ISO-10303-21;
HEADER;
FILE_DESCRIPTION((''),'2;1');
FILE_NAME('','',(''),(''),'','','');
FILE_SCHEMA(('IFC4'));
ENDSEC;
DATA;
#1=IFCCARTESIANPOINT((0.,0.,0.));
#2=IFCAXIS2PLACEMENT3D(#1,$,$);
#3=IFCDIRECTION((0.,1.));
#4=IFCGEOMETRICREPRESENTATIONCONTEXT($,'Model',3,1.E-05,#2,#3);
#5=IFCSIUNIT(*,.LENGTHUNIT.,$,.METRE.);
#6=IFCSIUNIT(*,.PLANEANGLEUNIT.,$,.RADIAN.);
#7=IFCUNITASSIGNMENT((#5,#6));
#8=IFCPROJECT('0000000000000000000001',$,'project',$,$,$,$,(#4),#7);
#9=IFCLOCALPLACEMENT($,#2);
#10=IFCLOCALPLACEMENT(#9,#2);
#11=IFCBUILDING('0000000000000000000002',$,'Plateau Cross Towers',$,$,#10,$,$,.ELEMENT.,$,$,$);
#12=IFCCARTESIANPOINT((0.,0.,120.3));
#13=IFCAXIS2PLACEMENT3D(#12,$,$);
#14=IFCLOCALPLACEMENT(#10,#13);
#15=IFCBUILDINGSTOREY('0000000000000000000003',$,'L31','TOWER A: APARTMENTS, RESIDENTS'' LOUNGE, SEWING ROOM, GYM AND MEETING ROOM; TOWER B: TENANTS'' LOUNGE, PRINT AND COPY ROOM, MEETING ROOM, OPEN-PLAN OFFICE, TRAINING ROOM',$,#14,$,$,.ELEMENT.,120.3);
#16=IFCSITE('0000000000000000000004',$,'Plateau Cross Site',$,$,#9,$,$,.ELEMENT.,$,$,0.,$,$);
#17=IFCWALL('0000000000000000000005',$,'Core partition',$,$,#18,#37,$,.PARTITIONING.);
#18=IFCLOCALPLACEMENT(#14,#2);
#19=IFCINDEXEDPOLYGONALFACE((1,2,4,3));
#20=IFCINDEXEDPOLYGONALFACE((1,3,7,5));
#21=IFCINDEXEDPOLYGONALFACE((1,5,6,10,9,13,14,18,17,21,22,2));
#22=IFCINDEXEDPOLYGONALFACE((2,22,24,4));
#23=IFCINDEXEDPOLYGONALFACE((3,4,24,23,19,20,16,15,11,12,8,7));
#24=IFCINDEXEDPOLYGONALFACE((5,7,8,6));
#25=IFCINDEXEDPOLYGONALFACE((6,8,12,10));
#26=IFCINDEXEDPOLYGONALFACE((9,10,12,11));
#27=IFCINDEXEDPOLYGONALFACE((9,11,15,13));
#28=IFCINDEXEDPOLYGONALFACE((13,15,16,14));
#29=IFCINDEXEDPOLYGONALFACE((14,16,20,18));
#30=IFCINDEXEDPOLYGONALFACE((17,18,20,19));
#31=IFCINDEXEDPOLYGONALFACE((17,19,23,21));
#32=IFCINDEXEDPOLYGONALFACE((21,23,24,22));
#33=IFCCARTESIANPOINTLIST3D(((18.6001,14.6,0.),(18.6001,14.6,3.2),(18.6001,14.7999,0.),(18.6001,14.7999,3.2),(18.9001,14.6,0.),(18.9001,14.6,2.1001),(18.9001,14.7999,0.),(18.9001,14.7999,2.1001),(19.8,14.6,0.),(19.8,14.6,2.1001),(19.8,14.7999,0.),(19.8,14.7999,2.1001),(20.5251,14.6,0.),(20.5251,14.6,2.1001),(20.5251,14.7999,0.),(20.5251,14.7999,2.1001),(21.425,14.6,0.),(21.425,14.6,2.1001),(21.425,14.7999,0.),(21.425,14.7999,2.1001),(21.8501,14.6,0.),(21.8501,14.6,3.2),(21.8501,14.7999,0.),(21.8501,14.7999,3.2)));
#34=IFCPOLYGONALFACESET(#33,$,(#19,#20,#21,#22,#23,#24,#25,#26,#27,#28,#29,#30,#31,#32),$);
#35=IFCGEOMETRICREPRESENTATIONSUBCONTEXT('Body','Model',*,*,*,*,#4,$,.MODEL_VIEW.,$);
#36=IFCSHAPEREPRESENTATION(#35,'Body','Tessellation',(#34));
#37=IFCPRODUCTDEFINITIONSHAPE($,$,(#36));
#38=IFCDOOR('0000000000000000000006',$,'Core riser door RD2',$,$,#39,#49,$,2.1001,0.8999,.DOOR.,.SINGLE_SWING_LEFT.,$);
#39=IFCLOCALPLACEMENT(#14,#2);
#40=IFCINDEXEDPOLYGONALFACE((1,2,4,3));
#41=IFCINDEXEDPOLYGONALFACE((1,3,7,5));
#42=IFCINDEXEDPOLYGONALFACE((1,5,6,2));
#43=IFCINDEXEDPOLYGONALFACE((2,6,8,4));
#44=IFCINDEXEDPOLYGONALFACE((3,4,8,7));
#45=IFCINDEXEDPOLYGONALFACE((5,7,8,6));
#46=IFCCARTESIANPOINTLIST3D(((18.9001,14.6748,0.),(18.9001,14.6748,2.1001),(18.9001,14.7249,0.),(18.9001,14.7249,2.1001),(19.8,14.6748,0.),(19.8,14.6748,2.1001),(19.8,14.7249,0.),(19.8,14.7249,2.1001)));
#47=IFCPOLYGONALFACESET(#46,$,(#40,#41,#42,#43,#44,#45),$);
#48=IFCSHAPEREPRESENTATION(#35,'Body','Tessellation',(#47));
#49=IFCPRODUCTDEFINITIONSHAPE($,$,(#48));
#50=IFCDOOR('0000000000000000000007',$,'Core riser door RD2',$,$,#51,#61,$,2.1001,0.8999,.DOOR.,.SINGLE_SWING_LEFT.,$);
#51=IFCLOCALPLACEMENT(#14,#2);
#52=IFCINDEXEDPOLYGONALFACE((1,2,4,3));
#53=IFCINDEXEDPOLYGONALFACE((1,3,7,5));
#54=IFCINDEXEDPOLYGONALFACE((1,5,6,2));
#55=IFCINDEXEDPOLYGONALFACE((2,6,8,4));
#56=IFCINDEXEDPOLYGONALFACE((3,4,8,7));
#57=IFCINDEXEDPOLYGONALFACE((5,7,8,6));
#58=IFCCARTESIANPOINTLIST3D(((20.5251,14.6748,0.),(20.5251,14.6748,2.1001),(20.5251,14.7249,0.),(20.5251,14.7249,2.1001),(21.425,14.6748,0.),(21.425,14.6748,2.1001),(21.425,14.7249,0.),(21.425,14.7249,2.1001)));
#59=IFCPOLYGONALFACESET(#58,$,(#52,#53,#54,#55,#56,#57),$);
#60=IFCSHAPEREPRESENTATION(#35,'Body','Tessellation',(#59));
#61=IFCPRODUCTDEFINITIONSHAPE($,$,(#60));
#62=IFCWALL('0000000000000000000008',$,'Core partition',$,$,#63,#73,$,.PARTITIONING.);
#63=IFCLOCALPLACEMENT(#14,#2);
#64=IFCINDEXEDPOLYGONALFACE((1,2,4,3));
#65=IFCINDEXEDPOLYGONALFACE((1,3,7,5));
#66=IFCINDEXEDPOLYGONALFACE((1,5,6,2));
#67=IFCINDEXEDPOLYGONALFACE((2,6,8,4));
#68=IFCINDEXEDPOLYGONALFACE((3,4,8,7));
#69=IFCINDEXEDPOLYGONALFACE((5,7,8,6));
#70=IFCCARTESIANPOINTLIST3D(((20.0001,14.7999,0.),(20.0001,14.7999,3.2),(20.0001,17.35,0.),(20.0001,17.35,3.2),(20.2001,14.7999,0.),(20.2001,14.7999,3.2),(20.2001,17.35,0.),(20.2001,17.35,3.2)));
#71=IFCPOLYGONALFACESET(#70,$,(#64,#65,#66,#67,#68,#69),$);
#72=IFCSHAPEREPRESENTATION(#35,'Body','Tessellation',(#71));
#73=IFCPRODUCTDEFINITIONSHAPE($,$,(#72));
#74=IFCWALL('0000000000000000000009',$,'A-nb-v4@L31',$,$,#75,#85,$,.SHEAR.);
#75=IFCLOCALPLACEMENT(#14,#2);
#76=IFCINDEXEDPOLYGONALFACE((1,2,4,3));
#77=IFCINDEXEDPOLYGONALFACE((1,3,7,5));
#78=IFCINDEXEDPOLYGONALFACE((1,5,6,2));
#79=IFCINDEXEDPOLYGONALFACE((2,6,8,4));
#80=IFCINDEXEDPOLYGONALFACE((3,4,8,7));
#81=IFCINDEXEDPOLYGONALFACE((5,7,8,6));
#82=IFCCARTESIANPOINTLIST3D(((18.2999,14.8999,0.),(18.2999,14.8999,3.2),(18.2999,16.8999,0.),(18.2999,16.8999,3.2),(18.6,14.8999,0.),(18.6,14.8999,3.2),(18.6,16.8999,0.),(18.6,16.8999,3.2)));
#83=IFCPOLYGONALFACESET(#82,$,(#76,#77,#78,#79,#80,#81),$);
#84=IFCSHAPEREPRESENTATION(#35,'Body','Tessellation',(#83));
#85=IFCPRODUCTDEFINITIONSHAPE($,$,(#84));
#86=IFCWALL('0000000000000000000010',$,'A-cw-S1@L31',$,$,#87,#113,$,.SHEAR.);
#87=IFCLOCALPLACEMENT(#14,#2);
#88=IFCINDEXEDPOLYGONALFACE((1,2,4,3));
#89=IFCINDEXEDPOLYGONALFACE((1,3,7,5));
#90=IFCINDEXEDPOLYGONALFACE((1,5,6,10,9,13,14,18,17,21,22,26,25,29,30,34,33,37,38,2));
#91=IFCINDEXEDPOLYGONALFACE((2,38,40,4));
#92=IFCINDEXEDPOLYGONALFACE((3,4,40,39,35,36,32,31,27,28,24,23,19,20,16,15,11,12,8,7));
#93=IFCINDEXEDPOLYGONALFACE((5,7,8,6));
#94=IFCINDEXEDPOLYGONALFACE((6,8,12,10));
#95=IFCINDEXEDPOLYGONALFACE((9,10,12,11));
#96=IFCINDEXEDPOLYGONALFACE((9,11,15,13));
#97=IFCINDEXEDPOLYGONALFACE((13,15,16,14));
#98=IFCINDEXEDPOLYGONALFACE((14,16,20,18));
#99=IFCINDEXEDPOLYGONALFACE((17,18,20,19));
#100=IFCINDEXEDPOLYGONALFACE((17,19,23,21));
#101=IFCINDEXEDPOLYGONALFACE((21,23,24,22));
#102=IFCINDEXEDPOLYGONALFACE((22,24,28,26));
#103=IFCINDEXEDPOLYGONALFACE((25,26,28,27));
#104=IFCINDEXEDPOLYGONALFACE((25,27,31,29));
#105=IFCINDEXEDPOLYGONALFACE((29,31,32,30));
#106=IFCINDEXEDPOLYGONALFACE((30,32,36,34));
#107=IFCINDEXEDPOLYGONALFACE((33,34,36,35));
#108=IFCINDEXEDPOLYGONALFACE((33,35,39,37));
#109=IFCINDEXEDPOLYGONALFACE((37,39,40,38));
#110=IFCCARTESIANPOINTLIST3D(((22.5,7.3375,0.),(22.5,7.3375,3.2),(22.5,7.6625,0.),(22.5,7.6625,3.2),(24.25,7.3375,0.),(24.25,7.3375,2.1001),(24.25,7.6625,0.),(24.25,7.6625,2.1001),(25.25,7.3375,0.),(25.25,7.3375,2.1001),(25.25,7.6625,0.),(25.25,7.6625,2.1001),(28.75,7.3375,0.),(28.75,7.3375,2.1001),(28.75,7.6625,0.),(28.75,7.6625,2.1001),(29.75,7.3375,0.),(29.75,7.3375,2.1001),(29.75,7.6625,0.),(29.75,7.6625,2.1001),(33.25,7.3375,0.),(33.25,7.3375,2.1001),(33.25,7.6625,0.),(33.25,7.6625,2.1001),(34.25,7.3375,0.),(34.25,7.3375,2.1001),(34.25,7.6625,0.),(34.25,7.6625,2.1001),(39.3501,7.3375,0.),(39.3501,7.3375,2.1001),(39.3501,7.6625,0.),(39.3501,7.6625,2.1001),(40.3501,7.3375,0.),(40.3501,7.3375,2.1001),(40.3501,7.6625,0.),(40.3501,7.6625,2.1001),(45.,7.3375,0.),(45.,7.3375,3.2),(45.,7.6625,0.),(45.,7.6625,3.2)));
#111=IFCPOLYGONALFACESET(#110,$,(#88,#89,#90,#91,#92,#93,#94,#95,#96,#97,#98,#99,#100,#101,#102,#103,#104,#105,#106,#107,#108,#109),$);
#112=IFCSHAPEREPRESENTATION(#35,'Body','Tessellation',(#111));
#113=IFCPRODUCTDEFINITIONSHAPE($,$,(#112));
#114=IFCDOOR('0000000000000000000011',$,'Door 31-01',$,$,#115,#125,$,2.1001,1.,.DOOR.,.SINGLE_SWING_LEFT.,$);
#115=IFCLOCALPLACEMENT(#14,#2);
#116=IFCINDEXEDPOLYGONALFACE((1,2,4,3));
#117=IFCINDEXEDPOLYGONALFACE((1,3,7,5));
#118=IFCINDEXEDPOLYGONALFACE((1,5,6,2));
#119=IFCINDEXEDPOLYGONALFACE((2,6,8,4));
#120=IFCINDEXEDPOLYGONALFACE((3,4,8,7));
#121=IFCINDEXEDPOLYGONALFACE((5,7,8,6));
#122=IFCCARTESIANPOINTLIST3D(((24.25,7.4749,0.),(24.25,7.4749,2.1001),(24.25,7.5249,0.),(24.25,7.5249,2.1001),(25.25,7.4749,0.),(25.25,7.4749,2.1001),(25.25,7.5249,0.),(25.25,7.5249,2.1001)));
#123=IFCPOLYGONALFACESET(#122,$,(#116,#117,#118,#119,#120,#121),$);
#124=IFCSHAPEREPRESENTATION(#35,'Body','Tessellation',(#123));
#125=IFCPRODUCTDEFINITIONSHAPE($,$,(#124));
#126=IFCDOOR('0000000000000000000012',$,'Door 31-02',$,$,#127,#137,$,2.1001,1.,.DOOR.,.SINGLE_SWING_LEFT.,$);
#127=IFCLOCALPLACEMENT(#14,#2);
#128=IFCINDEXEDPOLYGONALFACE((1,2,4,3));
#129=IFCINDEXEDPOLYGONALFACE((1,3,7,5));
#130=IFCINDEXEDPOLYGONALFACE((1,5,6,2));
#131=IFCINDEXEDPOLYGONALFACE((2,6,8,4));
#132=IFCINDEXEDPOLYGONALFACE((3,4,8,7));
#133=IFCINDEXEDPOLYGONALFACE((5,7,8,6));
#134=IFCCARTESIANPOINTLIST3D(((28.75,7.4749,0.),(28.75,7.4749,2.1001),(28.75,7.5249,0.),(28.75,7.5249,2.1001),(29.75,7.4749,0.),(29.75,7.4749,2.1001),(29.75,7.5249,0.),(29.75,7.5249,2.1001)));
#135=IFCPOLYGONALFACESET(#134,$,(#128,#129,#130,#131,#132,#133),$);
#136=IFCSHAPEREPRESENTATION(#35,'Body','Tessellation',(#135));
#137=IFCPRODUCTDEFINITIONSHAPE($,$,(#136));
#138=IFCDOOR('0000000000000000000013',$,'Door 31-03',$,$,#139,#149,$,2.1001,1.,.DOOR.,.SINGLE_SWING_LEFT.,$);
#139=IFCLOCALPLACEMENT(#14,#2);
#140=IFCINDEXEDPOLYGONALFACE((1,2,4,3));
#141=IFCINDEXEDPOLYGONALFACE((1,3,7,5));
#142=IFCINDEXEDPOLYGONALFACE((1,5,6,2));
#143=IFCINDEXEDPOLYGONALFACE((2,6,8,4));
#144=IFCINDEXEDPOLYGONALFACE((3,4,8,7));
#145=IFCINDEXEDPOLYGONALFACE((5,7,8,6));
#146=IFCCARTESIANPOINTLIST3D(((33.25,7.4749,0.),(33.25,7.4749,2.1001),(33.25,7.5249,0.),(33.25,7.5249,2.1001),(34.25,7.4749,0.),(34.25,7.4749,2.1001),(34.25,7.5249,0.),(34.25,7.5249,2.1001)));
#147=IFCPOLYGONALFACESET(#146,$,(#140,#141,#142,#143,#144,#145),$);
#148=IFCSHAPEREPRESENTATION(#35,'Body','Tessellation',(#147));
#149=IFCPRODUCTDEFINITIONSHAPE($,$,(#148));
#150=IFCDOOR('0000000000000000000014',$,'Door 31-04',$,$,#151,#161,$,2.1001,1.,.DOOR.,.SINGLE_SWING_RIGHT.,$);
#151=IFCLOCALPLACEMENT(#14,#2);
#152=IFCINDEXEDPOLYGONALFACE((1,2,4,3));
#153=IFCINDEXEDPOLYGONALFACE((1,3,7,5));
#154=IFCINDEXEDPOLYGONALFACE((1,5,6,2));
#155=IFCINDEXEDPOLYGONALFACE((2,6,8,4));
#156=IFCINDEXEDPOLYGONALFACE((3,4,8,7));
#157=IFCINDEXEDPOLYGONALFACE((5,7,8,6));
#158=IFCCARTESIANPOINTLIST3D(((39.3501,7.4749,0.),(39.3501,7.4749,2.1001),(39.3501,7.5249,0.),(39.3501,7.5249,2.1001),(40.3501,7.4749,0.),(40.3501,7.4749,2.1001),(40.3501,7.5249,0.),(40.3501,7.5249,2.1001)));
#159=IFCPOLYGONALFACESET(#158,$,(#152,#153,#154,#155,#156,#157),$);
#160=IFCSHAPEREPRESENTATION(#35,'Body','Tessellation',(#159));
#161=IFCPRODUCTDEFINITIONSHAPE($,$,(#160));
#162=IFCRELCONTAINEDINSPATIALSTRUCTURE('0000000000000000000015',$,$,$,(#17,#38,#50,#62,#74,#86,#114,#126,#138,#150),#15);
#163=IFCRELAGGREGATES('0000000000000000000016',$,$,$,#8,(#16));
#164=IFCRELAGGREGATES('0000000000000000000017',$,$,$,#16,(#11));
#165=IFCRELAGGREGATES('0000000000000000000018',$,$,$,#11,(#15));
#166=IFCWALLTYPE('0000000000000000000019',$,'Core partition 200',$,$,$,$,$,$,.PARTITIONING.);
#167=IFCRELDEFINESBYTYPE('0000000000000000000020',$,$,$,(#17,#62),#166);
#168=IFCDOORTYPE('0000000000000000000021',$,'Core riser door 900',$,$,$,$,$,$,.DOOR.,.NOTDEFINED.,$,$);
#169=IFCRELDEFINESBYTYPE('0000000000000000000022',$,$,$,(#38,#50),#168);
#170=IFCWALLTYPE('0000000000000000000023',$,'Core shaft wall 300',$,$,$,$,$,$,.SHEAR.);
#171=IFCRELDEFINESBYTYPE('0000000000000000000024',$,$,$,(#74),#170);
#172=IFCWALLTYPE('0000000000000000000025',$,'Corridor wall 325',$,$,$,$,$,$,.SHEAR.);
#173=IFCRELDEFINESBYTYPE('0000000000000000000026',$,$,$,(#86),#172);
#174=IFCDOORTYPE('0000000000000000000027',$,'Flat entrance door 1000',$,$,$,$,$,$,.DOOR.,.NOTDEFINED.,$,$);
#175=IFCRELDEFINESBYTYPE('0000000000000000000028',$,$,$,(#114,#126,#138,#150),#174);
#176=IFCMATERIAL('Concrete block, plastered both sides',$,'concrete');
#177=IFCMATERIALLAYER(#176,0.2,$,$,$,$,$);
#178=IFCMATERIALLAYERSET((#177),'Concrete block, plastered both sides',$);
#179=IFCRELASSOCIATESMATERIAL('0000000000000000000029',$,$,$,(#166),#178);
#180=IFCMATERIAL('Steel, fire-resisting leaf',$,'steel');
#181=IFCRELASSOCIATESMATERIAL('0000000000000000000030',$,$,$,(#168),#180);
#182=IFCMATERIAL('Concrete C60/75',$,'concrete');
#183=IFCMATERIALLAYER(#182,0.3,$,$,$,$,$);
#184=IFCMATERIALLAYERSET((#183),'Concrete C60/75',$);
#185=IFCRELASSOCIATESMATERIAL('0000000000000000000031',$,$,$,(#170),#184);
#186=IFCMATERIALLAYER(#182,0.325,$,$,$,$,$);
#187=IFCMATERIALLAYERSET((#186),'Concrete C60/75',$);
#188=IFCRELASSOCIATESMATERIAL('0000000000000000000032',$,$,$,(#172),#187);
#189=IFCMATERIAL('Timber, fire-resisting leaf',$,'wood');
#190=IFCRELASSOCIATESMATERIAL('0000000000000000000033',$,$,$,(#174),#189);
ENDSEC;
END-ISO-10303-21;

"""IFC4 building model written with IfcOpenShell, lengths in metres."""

from ifc_helpers import new_model, si_unit, direction, frame, frame_2d, origin, place, context, subcontext, project, spatial, rectangle, extrude, material, layer, layer_set, type_object, element, fill, save


model = new_model("IFC4")

# Units and contexts
model_context = context("Model", 3, precision=1e-05, world=origin(), true_north=direction((0.0, 1.0)))
body_context = subcontext(model_context, "Body", "Model", "MODEL_VIEW")
ifc_project = project(units=[si_unit("LENGTHUNIT", "METRE"), si_unit("PLANEANGLEUNIT", "RADIAN")], contexts=[model_context])

# Site, building, storey
site_placement = place(None, origin())
site = spatial("IfcSite", under=ifc_project, at=site_placement, Name="Plateau Cross Site", CompositionType="ELEMENT", RefElevation=0.0)
building_placement = place(site_placement, origin())
building = spatial("IfcBuilding", under=site, at=building_placement, Name="Plateau Cross Towers", CompositionType="ELEMENT")
storey_placement = place(building_placement, frame((0.0, 0.0, 120.3)))
storey = spatial("IfcBuildingStorey", under=building, at=storey_placement, Name="L31", Description="TOWER A: APARTMENTS, RESIDENTS' LOUNGE, SEWING ROOM, GYM AND MEETING ROOM; TOWER B: TENANTS' LOUNGE, PRINT AND COPY ROOM, MEETING ROOM, OPEN-PLAN OFFICE, TRAINING ROOM", CompositionType="ELEMENT", Elevation=120.3)

# Shared definitions
ifc_material_1 = material(Name="Concrete C60/75", Category="concrete")

# Wall, openings, doors
ifc_material_2 = material(Name="Concrete block, plastered both sides", Category="concrete")
ifc_layer_1 = layer(ifc_material_2, 0.2)
ifc_layer_set_1 = layer_set([ifc_layer_1], Name="Concrete block, plastered both sides")
wall_type_1 = type_object("IfcWallType", Name="Core partition 200", PredefinedType="PARTITIONING", material=ifc_layer_set_1)
wall_1_placement = place(storey_placement, frame((18.6001, 14.7, 0.0), z_axis=(0.0, 0.0, 1.0), x_axis=(1.0, 0.0, 0.0)))
wall_1 = element("IfcWall", 1, at=wall_1_placement, inside=storey, type_object=wall_type_1, Name="Core partition", PredefinedType="PARTITIONING", context=body_context, shape_type="SweptSolid", body=[
    extrude(rectangle(XDim=3.25, YDim=0.2, at=frame_2d((1.625, 0.0))), origin(), (0.0, 0.0, 1.0), 3.2),
])
opening_1_placement = place(wall_1_placement, frame((0.3, 0.0, 0.0)))
opening_1 = element("IfcOpeningElement", 2, at=opening_1_placement, cuts=wall_1, PredefinedType="OPENING", context=body_context, shape_type="SweptSolid", body=[
    extrude(rectangle(XDim=0.8999, YDim=2.1001, at=frame_2d((0.45, 1.05))), frame((0.0, 0.1099, 0.0), z_axis=(0.0, -1.0, 0.0), x_axis=(1.0, 0.0, 0.0)), (0.0, 0.0, 1.0), 0.22),
])
opening_2_placement = place(wall_1_placement, frame((1.925, 0.0, 0.0)))
opening_2 = element("IfcOpeningElement", 3, at=opening_2_placement, cuts=wall_1, PredefinedType="OPENING", context=body_context, shape_type="SweptSolid", body=[
    extrude(rectangle(XDim=0.8999, YDim=2.1001, at=frame_2d((0.45, 1.05))), frame((0.0, 0.1099, 0.0), z_axis=(0.0, -1.0, 0.0), x_axis=(1.0, 0.0, 0.0)), (0.0, 0.0, 1.0), 0.22),
])
ifc_material_3 = material(Name="Steel, fire-resisting leaf", Category="steel")
door_type_1 = type_object("IfcDoorType", Name="Core riser door 900", OperationType="NOTDEFINED", PredefinedType="DOOR", material=ifc_material_3)
door_1_placement = place(opening_1_placement, origin())
door_1 = element("IfcDoor", 4, at=door_1_placement, inside=storey, type_object=door_type_1, Name="Core riser door RD2", OperationType="SINGLE_SWING_LEFT", OverallHeight=2.1001, OverallWidth=0.8999, PredefinedType="DOOR", context=body_context, shape_type="SweptSolid", body=[
    extrude(rectangle(XDim=0.8999, YDim=2.1001, at=frame_2d((0.45, 1.05))), frame((0.0, 0.0249, 0.0), z_axis=(0.0, -1.0, 0.0), x_axis=(1.0, 0.0, 0.0)), (0.0, 0.0, 1.0), 0.05),
])
fill(opening_1, door_1)
door_2_placement = place(opening_2_placement, origin())
door_2 = element("IfcDoor", 5, at=door_2_placement, inside=storey, type_object=door_type_1, Name="Core riser door RD2", OperationType="SINGLE_SWING_LEFT", OverallHeight=2.1001, OverallWidth=0.8999, PredefinedType="DOOR", context=body_context, shape_type="SweptSolid", body=[
    extrude(rectangle(XDim=0.8999, YDim=2.1001, at=frame_2d((0.45, 1.05))), frame((0.0, 0.0249, 0.0), z_axis=(0.0, -1.0, 0.0), x_axis=(1.0, 0.0, 0.0)), (0.0, 0.0, 1.0), 0.05),
])
fill(opening_2, door_2)

# Walls
wall_2_placement = place(storey_placement, frame((20.1001, 14.8, 0.0), z_axis=(0.0, 0.0, 1.0), x_axis=(0.0, 1.0, 0.0)))
element("IfcWall", 6, at=wall_2_placement, inside=storey, type_object=wall_type_1, Name="Core partition", PredefinedType="PARTITIONING", context=body_context, shape_type="SweptSolid", body=[
    extrude(rectangle(XDim=2.55, YDim=0.2, at=frame_2d((1.2749, 0.0))), origin(), (0.0, 0.0, 1.0), 3.2),
])
ifc_layer_2 = layer(ifc_material_1, 0.3)
ifc_layer_set_2 = layer_set([ifc_layer_2], Name="Concrete C60/75")
wall_type_2 = type_object("IfcWallType", Name="Core shaft wall 300", PredefinedType="SHEAR", material=ifc_layer_set_2)
wall_3_placement = place(storey_placement, frame((18.45, 14.8999, 0.0), z_axis=(0.0, 0.0, 1.0), x_axis=(0.0, 1.0, 0.0)))
element("IfcWall", 7, at=wall_3_placement, inside=storey, type_object=wall_type_2, Name="A-nb-v4@L31", PredefinedType="SHEAR", context=body_context, shape_type="SweptSolid", body=[
    extrude(rectangle(XDim=2.0, YDim=0.3, at=frame_2d((1.0, 0.0))), origin(), (0.0, 0.0, 1.0), 3.2),
])

# Wall, openings, doors
ifc_layer_3 = layer(ifc_material_1, 0.325)
ifc_layer_set_3 = layer_set([ifc_layer_3], Name="Concrete C60/75")
wall_type_3 = type_object("IfcWallType", Name="Corridor wall 325", PredefinedType="SHEAR", material=ifc_layer_set_3)
wall_4_placement = place(storey_placement, frame((22.5, 7.5, 0.0), z_axis=(0.0, 0.0, 1.0), x_axis=(1.0, 0.0, 0.0)))
wall_4 = element("IfcWall", 8, at=wall_4_placement, inside=storey, type_object=wall_type_3, Name="A-cw-S1@L31", PredefinedType="SHEAR", context=body_context, shape_type="SweptSolid", body=[
    extrude(rectangle(XDim=22.5, YDim=0.325, at=frame_2d((11.25, 0.0))), origin(), (0.0, 0.0, 1.0), 3.2),
])
opening_3_placement = place(wall_4_placement, frame((1.75, 0.0, 0.0)))
opening_3 = element("IfcOpeningElement", 9, at=opening_3_placement, cuts=wall_4, PredefinedType="OPENING", context=body_context, shape_type="SweptSolid", body=[
    extrude(rectangle(XDim=1.0, YDim=2.1001, at=frame_2d((0.5, 1.05))), frame((0.0, 0.1724, 0.0), z_axis=(0.0, -1.0, 0.0), x_axis=(1.0, 0.0, 0.0)), (0.0, 0.0, 1.0), 0.345),
])
opening_4_placement = place(wall_4_placement, frame((6.25, 0.0, 0.0)))
opening_4 = element("IfcOpeningElement", 10, at=opening_4_placement, cuts=wall_4, PredefinedType="OPENING", context=body_context, shape_type="SweptSolid", body=[
    extrude(rectangle(XDim=1.0, YDim=2.1001, at=frame_2d((0.5, 1.05))), frame((0.0, 0.1724, 0.0), z_axis=(0.0, -1.0, 0.0), x_axis=(1.0, 0.0, 0.0)), (0.0, 0.0, 1.0), 0.345),
])
opening_5_placement = place(wall_4_placement, frame((10.75, 0.0, 0.0)))
opening_5 = element("IfcOpeningElement", 11, at=opening_5_placement, cuts=wall_4, PredefinedType="OPENING", context=body_context, shape_type="SweptSolid", body=[
    extrude(rectangle(XDim=1.0, YDim=2.1001, at=frame_2d((0.5, 1.05))), frame((0.0, 0.1724, 0.0), z_axis=(0.0, -1.0, 0.0), x_axis=(1.0, 0.0, 0.0)), (0.0, 0.0, 1.0), 0.345),
])
opening_6_placement = place(wall_4_placement, frame((16.8501, 0.0, 0.0)))
opening_6 = element("IfcOpeningElement", 12, at=opening_6_placement, cuts=wall_4, PredefinedType="OPENING", context=body_context, shape_type="SweptSolid", body=[
    extrude(rectangle(XDim=1.0, YDim=2.1001, at=frame_2d((0.5, 1.05))), frame((0.0, 0.1724, 0.0), z_axis=(0.0, -1.0, 0.0), x_axis=(1.0, 0.0, 0.0)), (0.0, 0.0, 1.0), 0.345),
])
ifc_material_4 = material(Name="Timber, fire-resisting leaf", Category="wood")
door_type_2 = type_object("IfcDoorType", Name="Flat entrance door 1000", OperationType="NOTDEFINED", PredefinedType="DOOR", material=ifc_material_4)
door_3_placement = place(opening_3_placement, origin())
door_3 = element("IfcDoor", 13, at=door_3_placement, inside=storey, type_object=door_type_2, Name="Door 31-01", OperationType="SINGLE_SWING_LEFT", OverallHeight=2.1001, OverallWidth=1.0, PredefinedType="DOOR", context=body_context, shape_type="SweptSolid", body=[
    extrude(rectangle(XDim=1.0, YDim=2.1001, at=frame_2d((0.5, 1.05))), frame((0.0, 0.0249, 0.0), z_axis=(0.0, -1.0, 0.0), x_axis=(1.0, 0.0, 0.0)), (0.0, 0.0, 1.0), 0.05),
])
fill(opening_3, door_3)
door_4_placement = place(opening_4_placement, origin())
door_4 = element("IfcDoor", 14, at=door_4_placement, inside=storey, type_object=door_type_2, Name="Door 31-02", OperationType="SINGLE_SWING_LEFT", OverallHeight=2.1001, OverallWidth=1.0, PredefinedType="DOOR", context=body_context, shape_type="SweptSolid", body=[
    extrude(rectangle(XDim=1.0, YDim=2.1001, at=frame_2d((0.5, 1.05))), frame((0.0, 0.0249, 0.0), z_axis=(0.0, -1.0, 0.0), x_axis=(1.0, 0.0, 0.0)), (0.0, 0.0, 1.0), 0.05),
])
fill(opening_4, door_4)
door_5_placement = place(opening_5_placement, origin())
door_5 = element("IfcDoor", 15, at=door_5_placement, inside=storey, type_object=door_type_2, Name="Door 31-03", OperationType="SINGLE_SWING_LEFT", OverallHeight=2.1001, OverallWidth=1.0, PredefinedType="DOOR", context=body_context, shape_type="SweptSolid", body=[
    extrude(rectangle(XDim=1.0, YDim=2.1001, at=frame_2d((0.5, 1.05))), frame((0.0, 0.0249, 0.0), z_axis=(0.0, -1.0, 0.0), x_axis=(1.0, 0.0, 0.0)), (0.0, 0.0, 1.0), 0.05),
])
fill(opening_5, door_5)
door_6_placement = place(opening_6_placement, origin())
door_6 = element("IfcDoor", 16, at=door_6_placement, inside=storey, type_object=door_type_2, Name="Door 31-04", OperationType="SINGLE_SWING_RIGHT", OverallHeight=2.1001, OverallWidth=1.0, PredefinedType="DOOR", context=body_context, shape_type="SweptSolid", body=[
    extrude(rectangle(XDim=1.0, YDim=2.1001, at=frame_2d((0.5, 1.05))), frame((0.0, 0.0249, 0.0), z_axis=(0.0, -1.0, 0.0), x_axis=(1.0, 0.0, 0.0)), (0.0, 0.0, 1.0), 0.05),
])
fill(opening_6, door_6)

save(model, "model.ifc")
